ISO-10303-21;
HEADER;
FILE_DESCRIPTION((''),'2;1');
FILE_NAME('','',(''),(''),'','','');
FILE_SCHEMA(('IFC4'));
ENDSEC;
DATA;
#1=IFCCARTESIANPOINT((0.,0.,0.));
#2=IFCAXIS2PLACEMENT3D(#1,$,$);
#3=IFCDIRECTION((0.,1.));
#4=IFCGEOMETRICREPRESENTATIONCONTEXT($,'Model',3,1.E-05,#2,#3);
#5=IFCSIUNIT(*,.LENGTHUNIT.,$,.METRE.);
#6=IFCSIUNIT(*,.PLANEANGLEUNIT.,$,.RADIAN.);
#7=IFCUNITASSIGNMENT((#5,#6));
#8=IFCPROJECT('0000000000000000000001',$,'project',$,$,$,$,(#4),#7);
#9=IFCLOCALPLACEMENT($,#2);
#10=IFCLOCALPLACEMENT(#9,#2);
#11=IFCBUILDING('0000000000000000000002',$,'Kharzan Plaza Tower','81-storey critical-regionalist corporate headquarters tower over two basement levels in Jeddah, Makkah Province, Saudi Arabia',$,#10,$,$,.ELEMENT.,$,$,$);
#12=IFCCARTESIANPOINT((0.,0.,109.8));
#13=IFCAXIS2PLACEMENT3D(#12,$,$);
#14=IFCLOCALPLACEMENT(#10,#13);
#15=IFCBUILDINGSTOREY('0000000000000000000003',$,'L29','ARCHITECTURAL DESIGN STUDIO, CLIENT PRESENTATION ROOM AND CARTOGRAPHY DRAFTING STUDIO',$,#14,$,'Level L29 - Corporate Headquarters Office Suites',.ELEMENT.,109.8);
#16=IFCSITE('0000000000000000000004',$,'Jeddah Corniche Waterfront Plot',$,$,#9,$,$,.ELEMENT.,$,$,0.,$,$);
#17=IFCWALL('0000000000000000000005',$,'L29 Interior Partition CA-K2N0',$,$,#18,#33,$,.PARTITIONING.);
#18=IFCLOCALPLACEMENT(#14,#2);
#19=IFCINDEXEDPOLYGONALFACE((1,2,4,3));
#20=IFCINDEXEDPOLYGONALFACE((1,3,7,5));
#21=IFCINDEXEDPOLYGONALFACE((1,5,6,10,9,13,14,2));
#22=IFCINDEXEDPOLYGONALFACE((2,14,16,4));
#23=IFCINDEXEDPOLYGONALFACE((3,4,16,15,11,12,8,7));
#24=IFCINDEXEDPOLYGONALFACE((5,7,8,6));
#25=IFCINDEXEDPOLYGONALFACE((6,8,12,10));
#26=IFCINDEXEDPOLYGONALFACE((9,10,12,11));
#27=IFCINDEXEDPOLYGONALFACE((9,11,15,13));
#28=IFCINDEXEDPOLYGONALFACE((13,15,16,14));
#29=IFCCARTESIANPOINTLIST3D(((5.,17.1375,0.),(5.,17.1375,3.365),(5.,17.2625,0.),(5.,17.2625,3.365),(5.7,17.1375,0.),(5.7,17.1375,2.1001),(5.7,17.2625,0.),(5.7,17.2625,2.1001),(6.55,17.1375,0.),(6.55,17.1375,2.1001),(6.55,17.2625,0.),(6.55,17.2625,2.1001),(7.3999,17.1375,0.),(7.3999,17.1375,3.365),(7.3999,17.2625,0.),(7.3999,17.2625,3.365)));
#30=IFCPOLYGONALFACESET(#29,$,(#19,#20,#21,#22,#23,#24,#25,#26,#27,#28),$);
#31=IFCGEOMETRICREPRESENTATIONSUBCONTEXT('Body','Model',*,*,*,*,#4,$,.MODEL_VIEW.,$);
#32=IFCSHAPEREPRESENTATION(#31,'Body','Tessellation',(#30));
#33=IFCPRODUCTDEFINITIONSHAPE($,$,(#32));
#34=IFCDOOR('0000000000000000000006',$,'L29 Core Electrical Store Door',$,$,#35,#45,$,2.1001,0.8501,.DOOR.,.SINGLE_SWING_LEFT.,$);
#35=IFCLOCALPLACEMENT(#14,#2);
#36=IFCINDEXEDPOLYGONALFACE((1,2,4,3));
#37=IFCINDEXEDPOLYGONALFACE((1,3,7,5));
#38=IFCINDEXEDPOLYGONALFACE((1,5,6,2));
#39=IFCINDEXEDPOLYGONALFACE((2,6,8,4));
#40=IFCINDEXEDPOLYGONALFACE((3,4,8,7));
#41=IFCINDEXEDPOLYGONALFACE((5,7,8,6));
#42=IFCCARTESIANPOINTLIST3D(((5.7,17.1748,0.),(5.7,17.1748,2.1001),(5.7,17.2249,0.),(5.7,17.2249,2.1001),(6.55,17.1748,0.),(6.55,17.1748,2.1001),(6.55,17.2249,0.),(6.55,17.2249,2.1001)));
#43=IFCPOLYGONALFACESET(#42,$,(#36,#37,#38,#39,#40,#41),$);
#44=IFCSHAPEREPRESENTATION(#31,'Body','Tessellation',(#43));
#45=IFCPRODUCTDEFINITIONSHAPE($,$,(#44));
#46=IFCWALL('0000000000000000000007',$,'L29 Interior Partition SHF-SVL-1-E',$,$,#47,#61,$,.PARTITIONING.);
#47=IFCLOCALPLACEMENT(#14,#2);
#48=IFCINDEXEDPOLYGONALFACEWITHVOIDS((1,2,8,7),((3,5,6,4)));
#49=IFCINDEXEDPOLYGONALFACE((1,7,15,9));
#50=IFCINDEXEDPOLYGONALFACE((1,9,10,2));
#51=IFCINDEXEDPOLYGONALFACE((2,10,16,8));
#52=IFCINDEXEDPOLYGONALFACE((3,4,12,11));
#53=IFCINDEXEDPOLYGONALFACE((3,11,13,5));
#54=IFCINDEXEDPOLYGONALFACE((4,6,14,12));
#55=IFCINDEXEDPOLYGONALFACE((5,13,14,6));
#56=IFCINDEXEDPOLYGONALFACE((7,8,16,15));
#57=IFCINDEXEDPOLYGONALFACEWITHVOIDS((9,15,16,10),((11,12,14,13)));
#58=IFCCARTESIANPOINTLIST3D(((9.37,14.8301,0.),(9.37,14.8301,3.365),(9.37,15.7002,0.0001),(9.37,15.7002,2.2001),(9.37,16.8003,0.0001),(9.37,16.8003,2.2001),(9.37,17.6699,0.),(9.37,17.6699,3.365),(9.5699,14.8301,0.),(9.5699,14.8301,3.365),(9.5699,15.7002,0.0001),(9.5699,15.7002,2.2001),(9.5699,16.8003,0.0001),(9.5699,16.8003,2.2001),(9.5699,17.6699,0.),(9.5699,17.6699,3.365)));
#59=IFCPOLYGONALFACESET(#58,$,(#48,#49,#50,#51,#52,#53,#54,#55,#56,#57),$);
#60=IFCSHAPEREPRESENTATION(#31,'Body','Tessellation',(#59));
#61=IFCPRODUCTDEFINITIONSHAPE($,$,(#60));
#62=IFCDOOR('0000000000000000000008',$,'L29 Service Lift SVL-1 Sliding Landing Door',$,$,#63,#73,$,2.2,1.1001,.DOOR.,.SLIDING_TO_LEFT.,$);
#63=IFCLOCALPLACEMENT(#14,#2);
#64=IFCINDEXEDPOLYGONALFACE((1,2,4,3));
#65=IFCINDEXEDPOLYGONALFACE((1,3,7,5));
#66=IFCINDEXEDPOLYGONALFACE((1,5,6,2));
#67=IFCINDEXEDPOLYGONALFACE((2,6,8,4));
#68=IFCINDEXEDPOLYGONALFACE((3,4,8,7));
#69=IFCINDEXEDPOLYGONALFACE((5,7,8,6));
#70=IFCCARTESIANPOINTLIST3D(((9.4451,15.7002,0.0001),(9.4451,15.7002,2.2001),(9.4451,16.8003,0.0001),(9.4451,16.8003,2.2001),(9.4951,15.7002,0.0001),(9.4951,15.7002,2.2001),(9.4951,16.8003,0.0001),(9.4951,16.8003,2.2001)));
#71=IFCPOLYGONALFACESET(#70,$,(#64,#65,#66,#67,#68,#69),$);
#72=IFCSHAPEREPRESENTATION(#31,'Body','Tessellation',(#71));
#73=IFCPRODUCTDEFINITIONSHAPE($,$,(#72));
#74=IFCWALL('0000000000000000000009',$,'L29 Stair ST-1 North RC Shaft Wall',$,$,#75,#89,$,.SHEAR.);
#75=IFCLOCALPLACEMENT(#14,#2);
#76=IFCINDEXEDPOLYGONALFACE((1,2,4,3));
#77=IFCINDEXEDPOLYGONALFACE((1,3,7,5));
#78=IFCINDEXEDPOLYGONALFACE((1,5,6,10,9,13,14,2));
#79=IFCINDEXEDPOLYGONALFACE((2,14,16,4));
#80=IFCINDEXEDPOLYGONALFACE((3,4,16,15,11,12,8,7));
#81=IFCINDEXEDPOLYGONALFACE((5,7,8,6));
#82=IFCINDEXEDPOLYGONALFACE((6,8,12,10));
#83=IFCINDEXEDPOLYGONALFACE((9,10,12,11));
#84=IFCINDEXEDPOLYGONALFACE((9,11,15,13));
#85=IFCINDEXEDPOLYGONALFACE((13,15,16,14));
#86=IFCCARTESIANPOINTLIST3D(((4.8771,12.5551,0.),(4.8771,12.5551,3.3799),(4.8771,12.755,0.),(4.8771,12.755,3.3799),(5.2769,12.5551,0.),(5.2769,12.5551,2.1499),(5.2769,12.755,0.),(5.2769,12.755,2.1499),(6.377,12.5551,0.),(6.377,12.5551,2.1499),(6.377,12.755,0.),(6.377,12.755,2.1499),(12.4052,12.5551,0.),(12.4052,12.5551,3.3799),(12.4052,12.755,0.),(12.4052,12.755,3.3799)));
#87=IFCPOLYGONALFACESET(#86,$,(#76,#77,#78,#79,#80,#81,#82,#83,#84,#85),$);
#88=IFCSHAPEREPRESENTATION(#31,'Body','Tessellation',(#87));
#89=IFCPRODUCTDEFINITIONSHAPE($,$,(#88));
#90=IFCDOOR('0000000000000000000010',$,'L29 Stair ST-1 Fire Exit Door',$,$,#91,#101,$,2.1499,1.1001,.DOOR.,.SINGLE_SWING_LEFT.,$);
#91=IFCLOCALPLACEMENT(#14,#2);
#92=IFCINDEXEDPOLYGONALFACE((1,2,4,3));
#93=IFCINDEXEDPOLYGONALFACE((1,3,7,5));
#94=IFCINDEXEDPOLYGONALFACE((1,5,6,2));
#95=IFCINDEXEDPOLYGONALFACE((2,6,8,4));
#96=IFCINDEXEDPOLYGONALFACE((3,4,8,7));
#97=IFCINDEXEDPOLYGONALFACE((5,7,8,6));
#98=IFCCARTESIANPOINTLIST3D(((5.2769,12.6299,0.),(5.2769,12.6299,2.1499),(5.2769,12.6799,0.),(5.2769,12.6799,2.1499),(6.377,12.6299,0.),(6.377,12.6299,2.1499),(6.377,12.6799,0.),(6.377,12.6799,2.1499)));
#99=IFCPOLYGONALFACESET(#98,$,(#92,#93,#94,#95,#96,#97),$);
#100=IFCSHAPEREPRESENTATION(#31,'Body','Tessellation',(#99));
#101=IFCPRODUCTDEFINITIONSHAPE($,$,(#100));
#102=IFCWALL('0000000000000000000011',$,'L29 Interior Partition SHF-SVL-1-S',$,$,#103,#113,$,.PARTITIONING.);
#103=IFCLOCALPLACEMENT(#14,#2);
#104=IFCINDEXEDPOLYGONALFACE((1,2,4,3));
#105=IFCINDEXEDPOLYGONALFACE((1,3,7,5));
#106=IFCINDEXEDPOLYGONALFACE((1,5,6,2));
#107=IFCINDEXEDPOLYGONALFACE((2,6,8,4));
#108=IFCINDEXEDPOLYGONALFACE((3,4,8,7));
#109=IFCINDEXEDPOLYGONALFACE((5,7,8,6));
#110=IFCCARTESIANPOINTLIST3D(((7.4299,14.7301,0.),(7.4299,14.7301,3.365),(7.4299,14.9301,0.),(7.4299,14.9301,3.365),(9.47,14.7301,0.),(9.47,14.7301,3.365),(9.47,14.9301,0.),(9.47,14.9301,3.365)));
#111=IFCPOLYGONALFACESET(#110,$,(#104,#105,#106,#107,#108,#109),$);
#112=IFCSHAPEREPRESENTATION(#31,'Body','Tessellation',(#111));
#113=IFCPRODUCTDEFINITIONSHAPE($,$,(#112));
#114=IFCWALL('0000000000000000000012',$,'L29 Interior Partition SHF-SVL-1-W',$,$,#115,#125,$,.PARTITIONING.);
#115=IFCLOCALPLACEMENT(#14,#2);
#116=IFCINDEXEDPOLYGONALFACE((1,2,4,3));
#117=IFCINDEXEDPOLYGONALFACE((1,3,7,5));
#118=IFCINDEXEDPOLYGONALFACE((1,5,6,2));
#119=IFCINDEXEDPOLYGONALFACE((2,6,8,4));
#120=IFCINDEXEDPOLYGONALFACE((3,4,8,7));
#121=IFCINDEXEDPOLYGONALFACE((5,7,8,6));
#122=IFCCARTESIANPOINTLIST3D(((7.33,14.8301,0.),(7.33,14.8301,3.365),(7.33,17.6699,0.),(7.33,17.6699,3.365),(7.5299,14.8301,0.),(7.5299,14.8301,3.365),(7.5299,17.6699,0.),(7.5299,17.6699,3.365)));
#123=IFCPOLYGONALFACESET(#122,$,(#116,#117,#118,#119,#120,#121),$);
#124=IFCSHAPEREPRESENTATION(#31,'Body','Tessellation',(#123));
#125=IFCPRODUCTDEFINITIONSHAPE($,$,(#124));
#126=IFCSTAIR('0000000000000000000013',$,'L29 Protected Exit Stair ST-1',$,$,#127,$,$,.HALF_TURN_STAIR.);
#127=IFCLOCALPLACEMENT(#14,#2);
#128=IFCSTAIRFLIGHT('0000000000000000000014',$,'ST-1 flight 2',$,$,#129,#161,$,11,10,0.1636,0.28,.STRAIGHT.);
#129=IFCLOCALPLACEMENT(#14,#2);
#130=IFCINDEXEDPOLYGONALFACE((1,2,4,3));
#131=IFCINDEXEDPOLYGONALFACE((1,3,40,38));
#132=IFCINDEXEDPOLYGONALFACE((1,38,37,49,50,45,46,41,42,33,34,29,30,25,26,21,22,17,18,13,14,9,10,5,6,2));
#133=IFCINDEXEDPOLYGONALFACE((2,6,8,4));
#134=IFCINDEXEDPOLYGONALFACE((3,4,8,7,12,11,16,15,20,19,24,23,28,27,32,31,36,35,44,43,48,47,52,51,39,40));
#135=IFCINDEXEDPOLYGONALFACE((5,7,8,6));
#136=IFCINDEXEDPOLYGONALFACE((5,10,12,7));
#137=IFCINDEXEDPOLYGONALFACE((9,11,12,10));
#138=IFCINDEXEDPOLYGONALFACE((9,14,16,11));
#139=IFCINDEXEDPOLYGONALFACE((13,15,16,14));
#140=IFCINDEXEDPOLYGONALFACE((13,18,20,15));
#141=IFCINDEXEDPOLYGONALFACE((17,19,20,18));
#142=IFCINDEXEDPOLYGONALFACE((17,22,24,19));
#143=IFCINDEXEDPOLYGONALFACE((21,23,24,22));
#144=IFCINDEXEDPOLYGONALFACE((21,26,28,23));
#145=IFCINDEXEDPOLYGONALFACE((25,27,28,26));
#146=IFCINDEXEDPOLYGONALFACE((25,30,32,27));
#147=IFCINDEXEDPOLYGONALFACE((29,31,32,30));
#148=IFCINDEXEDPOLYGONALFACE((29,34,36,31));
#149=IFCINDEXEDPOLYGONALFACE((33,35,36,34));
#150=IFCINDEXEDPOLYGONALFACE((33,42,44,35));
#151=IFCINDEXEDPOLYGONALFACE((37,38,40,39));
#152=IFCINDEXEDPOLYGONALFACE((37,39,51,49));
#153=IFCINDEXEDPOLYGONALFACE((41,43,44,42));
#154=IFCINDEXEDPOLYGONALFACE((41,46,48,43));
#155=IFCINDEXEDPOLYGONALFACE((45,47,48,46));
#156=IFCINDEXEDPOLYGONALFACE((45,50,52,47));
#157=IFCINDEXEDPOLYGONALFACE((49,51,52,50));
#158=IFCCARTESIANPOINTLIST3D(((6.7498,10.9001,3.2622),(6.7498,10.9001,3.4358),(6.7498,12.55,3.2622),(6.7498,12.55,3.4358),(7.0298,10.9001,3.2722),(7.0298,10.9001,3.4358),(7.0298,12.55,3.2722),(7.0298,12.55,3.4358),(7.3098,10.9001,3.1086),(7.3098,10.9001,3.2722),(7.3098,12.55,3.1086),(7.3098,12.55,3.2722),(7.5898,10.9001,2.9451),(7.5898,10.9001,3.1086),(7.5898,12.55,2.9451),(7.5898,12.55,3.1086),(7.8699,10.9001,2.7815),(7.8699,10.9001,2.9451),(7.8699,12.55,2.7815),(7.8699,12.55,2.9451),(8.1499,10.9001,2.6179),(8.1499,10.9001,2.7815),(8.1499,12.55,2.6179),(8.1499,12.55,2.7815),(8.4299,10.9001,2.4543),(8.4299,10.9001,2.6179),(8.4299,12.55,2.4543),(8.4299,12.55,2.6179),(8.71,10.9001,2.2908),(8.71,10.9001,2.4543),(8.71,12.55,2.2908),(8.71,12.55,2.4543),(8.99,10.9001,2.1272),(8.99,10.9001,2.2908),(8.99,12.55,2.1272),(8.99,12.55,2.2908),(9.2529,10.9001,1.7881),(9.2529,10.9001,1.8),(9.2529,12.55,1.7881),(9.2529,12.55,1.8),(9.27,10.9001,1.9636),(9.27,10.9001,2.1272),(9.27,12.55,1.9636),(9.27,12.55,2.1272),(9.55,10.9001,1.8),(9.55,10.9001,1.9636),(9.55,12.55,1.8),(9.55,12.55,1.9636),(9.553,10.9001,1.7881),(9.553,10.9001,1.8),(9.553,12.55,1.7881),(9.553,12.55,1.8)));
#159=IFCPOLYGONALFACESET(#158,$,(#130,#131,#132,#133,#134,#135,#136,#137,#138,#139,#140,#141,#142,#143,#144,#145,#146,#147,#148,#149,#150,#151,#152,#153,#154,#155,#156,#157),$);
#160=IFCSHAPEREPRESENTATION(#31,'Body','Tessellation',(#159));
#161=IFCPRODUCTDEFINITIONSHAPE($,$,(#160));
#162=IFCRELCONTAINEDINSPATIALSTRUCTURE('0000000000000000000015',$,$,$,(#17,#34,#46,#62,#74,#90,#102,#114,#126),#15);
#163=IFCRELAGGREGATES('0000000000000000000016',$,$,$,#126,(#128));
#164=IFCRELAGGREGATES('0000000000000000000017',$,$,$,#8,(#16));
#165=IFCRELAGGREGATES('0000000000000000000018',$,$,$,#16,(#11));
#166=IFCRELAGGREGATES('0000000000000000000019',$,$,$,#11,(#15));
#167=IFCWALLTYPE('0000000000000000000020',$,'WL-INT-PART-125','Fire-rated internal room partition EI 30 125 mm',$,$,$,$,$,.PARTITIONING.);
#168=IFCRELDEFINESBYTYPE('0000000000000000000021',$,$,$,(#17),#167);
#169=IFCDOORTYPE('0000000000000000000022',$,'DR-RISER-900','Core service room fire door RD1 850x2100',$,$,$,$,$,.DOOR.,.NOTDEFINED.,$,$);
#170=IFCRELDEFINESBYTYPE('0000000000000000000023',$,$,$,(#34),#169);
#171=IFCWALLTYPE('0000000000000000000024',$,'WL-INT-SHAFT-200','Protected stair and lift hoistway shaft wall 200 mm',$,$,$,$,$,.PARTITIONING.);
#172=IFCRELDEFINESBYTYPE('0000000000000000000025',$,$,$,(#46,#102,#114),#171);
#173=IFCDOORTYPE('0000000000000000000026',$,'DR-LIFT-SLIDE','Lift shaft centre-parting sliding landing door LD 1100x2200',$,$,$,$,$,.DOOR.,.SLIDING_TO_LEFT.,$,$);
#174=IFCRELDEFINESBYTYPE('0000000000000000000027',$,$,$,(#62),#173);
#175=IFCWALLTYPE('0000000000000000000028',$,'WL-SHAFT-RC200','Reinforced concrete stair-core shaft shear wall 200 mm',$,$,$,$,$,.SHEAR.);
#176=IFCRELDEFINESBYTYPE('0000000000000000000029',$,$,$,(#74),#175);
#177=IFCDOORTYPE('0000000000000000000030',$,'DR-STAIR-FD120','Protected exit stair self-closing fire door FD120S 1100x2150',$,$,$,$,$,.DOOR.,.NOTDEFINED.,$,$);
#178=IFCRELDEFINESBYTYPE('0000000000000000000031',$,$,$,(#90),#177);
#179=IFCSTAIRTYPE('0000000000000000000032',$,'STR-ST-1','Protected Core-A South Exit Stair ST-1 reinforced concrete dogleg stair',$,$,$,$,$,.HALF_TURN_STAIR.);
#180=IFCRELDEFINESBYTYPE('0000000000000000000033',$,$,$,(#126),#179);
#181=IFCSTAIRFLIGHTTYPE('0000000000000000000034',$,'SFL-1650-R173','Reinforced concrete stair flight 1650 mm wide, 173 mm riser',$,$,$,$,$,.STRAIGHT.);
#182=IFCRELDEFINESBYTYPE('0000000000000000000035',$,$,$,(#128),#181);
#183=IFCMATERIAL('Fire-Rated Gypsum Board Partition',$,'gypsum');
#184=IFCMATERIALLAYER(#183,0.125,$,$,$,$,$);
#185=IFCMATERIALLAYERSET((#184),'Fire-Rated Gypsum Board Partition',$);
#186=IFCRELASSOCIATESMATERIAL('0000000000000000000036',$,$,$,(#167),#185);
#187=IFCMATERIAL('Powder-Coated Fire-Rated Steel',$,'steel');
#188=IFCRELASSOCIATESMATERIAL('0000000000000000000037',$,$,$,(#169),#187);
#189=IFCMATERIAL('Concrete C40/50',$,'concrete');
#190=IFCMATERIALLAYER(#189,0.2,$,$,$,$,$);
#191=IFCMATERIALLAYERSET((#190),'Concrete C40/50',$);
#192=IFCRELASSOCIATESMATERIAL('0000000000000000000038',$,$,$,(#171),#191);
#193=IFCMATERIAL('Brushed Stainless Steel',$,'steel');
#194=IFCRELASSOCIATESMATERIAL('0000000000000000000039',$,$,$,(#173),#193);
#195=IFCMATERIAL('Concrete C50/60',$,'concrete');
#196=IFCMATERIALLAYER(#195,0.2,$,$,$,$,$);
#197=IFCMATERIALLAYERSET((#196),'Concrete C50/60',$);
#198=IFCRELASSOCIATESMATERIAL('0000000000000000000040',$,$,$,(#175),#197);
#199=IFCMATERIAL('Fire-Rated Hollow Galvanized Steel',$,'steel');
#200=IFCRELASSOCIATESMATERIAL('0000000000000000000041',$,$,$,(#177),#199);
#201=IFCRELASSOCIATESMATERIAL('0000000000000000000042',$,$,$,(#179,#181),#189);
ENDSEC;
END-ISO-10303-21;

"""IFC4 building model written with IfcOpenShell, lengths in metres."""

from ifc_helpers import new_model, si_unit, direction, frame, frame_2d, origin, place, context, subcontext, project, spatial, polyline, rectangle, outline, extrude, source, transform, mapped, material, layer, layer_set, type_object, element, fill, aggregate, save


model = new_model("IFC4")

# Units and contexts
model_context = context("Model", 3, precision=1e-05, world=origin(), true_north=direction((0.0, 1.0)))
body_context = subcontext(model_context, "Body", "Model", "MODEL_VIEW")
ifc_project = project(units=[si_unit("LENGTHUNIT", "METRE"), si_unit("PLANEANGLEUNIT", "RADIAN")], contexts=[model_context])

# Site, building, storey
site_placement = place(None, origin())
site = spatial("IfcSite", under=ifc_project, at=site_placement, Name="Jeddah Corniche Waterfront Plot", CompositionType="ELEMENT", RefElevation=0.0)
building_placement = place(site_placement, origin())
building = spatial("IfcBuilding", under=site, at=building_placement, Name="Kharzan Plaza Tower", Description="81-storey critical-regionalist corporate headquarters tower over two basement levels in Jeddah, Makkah Province, Saudi Arabia", CompositionType="ELEMENT")
storey_placement = place(building_placement, frame((0.0, 0.0, 109.8)))
storey = spatial("IfcBuildingStorey", under=building, at=storey_placement, Name="L29", Description="ARCHITECTURAL DESIGN STUDIO, CLIENT PRESENTATION ROOM AND CARTOGRAPHY DRAFTING STUDIO", LongName="Level L29 - Corporate Headquarters Office Suites", CompositionType="ELEMENT", Elevation=109.8)

# Shared definitions
ifc_material_1 = material(Name="Concrete C40/50", Category="concrete")

# Walls, openings, doors
ifc_material_2 = material(Name="Fire-Rated Gypsum Board Partition", Category="gypsum")
ifc_layer_1 = layer(ifc_material_2, 0.125)
ifc_layer_set_1 = layer_set([ifc_layer_1], Name="Fire-Rated Gypsum Board Partition")
wall_type_1 = type_object("IfcWallType", Name="WL-INT-PART-125", Description="Fire-rated internal room partition EI 30 125 mm", PredefinedType="PARTITIONING", material=ifc_layer_set_1)
wall_1_placement = place(storey_placement, frame((5.0, 17.2, 0.0), z_axis=(0.0, 0.0, 1.0), x_axis=(1.0, 0.0, 0.0)))
wall_1 = element("IfcWall", 1, at=wall_1_placement, inside=storey, type_object=wall_type_1, Name="L29 Interior Partition CA-K2N0", PredefinedType="PARTITIONING", context=body_context, shape_type="SweptSolid", body=[
    extrude(rectangle(XDim=2.3999, YDim=0.125, at=frame_2d((1.2, 0.0))), origin(), (0.0, 0.0, 1.0), 3.365),
])
opening_1_placement = place(wall_1_placement, frame((0.7, 0.0, 0.0)))
opening_1 = element("IfcOpeningElement", 2, at=opening_1_placement, cuts=wall_1, PredefinedType="OPENING", context=body_context, shape_type="SweptSolid", body=[
    extrude(rectangle(XDim=0.8501, YDim=2.1001, at=frame_2d((0.425, 1.05))), frame((0.0, 0.0725, 0.0), z_axis=(0.0, -1.0, 0.0), x_axis=(1.0, 0.0, 0.0)), (0.0, 0.0, 1.0), 0.145),
])
ifc_material_3 = material(Name="Powder-Coated Fire-Rated Steel", Category="steel")
door_type_1 = type_object("IfcDoorType", Name="DR-RISER-900", Description="Core service room fire door RD1 850x2100", OperationType="NOTDEFINED", PredefinedType="DOOR", material=ifc_material_3)
shared_shape_1 = source(origin(), body_context, "Body", "SweptSolid", [
    extrude(rectangle(XDim=0.8501, YDim=2.1001, at=frame_2d((0.425, 1.05))), frame((0.0, 0.0249, 0.0), z_axis=(0.0, -1.0, 0.0), x_axis=(1.0, 0.0, 0.0)), (0.0, 0.0, 1.0), 0.05),
])
door_1_placement = place(opening_1_placement, origin())
door_1 = element("IfcDoor", 3, at=door_1_placement, inside=storey, type_object=door_type_1, Name="L29 Core Electrical Store Door", OperationType="SINGLE_SWING_LEFT", OverallHeight=2.1001, OverallWidth=0.8501, PredefinedType="DOOR", context=body_context, shape_type="MappedRepresentation", body=[
    mapped(shared_shape_1, transform((0.0, 0.0, 0.0), x_axis=(1.0, 0.0, 0.0), y_axis=(0.0, 1.0, 0.0), z_axis=(0.0, 0.0, 1.0))),
])
fill(opening_1, door_1)
ifc_layer_2 = layer(ifc_material_1, 0.2)
ifc_layer_set_2 = layer_set([ifc_layer_2], Name="Concrete C40/50")
wall_type_2 = type_object("IfcWallType", Name="WL-INT-SHAFT-200", Description="Protected stair and lift hoistway shaft wall 200 mm", PredefinedType="PARTITIONING", material=ifc_layer_set_2)
wall_2_placement = place(storey_placement, frame((9.47, 14.8301, 0.0), z_axis=(0.0, 0.0, 1.0), x_axis=(0.0, 1.0, 0.0)))
wall_2 = element("IfcWall", 4, at=wall_2_placement, inside=storey, type_object=wall_type_2, Name="L29 Interior Partition SHF-SVL-1-E", PredefinedType="PARTITIONING", context=body_context, shape_type="SweptSolid", body=[
    extrude(rectangle(XDim=2.8398, YDim=0.2, at=frame_2d((1.4199, 0.0))), origin(), (0.0, 0.0, 1.0), 3.365),
])
opening_2_placement = place(wall_2_placement, frame((0.8701, 0.0, 0.0)))
opening_2 = element("IfcOpeningElement", 5, at=opening_2_placement, cuts=wall_2, PredefinedType="OPENING", context=body_context, shape_type="SweptSolid", body=[
    extrude(rectangle(XDim=1.1001, YDim=2.2, at=frame_2d((0.55, 1.1001))), frame((0.0, 0.1099, 0.0), z_axis=(0.0, -1.0, 0.0), x_axis=(1.0, 0.0, 0.0)), (0.0, 0.0, 1.0), 0.22),
])
ifc_material_4 = material(Name="Brushed Stainless Steel", Category="steel")
door_type_2 = type_object("IfcDoorType", Name="DR-LIFT-SLIDE", Description="Lift shaft centre-parting sliding landing door LD 1100x2200", OperationType="SLIDING_TO_LEFT", PredefinedType="DOOR", material=ifc_material_4)
shared_shape_2 = source(origin(), body_context, "Body", "SweptSolid", [
    extrude(rectangle(XDim=1.1001, YDim=2.2, at=frame_2d((0.55, 1.1001))), frame((0.0, 0.0249, 0.0), z_axis=(0.0, -1.0, 0.0), x_axis=(1.0, 0.0, 0.0)), (0.0, 0.0, 1.0), 0.05),
])
door_2_placement = place(opening_2_placement, origin())
door_2 = element("IfcDoor", 6, at=door_2_placement, inside=storey, type_object=door_type_2, Name="L29 Service Lift SVL-1 Sliding Landing Door", OperationType="SLIDING_TO_LEFT", OverallHeight=2.2, OverallWidth=1.1001, PredefinedType="DOOR", context=body_context, shape_type="MappedRepresentation", body=[
    mapped(shared_shape_2, transform((0.0, 0.0, 0.0), x_axis=(1.0, 0.0, 0.0), y_axis=(0.0, 1.0, 0.0), z_axis=(0.0, 0.0, 1.0))),
])
fill(opening_2, door_2)
ifc_material_5 = material(Name="Concrete C50/60", Category="concrete")
ifc_layer_3 = layer(ifc_material_5, 0.2)
ifc_layer_set_3 = layer_set([ifc_layer_3], Name="Concrete C50/60")
wall_type_3 = type_object("IfcWallType", Name="WL-SHAFT-RC200", Description="Reinforced concrete stair-core shaft shear wall 200 mm", PredefinedType="SHEAR", material=ifc_layer_set_3)
wall_3_placement = place(storey_placement, frame((4.877, 12.655, 0.0), z_axis=(0.0, 0.0, 1.0), x_axis=(1.0, 0.0, 0.0)))
wall_3 = element("IfcWall", 7, at=wall_3_placement, inside=storey, type_object=wall_type_3, Name="L29 Stair ST-1 North RC Shaft Wall", PredefinedType="SHEAR", context=body_context, shape_type="SweptSolid", body=[
    extrude(rectangle(XDim=7.5281, YDim=0.2, at=frame_2d((3.7642, 0.0))), origin(), (0.0, 0.0, 1.0), 3.3799),
])
opening_3_placement = place(wall_3_placement, frame((0.3999, 0.0, 0.0)))
opening_3 = element("IfcOpeningElement", 8, at=opening_3_placement, cuts=wall_3, PredefinedType="OPENING", context=body_context, shape_type="SweptSolid", body=[
    extrude(rectangle(XDim=1.1001, YDim=2.1499, at=frame_2d((0.55, 1.075))), frame((0.0, 0.1099, 0.0), z_axis=(0.0, -1.0, 0.0), x_axis=(1.0, 0.0, 0.0)), (0.0, 0.0, 1.0), 0.22),
])
ifc_material_6 = material(Name="Fire-Rated Hollow Galvanized Steel", Category="steel")
door_type_3 = type_object("IfcDoorType", Name="DR-STAIR-FD120", Description="Protected exit stair self-closing fire door FD120S 1100x2150", OperationType="NOTDEFINED", PredefinedType="DOOR", material=ifc_material_6)
shared_shape_3 = source(origin(), body_context, "Body", "SweptSolid", [
    extrude(rectangle(XDim=1.1001, YDim=2.1499, at=frame_2d((0.55, 1.075))), frame((0.0, 0.0249, 0.0), z_axis=(0.0, -1.0, 0.0), x_axis=(1.0, 0.0, 0.0)), (0.0, 0.0, 1.0), 0.05),
])
door_3_placement = place(opening_3_placement, origin())
door_3 = element("IfcDoor", 9, at=door_3_placement, inside=storey, type_object=door_type_3, Name="L29 Stair ST-1 Fire Exit Door", OperationType="SINGLE_SWING_LEFT", OverallHeight=2.1499, OverallWidth=1.1001, PredefinedType="DOOR", context=body_context, shape_type="MappedRepresentation", body=[
    mapped(shared_shape_3, transform((0.0, 0.0, 0.0), x_axis=(1.0, 0.0, 0.0), y_axis=(0.0, 1.0, 0.0), z_axis=(0.0, 0.0, 1.0))),
])
fill(opening_3, door_3)

# Walls
shared_shape_4 = source(origin(), body_context, "Body", "SweptSolid", [
    extrude(rectangle(XDim=2.04, YDim=0.2, at=frame_2d((1.02, 0.0))), origin(), (0.0, 0.0, 1.0), 3.365),
])
wall_4_placement = place(storey_placement, frame((7.4299, 14.8301, 0.0), z_axis=(0.0, 0.0, 1.0), x_axis=(1.0, 0.0, 0.0)))
element("IfcWall", 10, at=wall_4_placement, inside=storey, type_object=wall_type_2, Name="L29 Interior Partition SHF-SVL-1-S", PredefinedType="PARTITIONING", context=body_context, shape_type="MappedRepresentation", body=[
    mapped(shared_shape_4, transform((0.0, 0.0, 0.0), x_axis=(1.0, 0.0, 0.0), y_axis=(0.0, 1.0, 0.0), z_axis=(0.0, 0.0, 1.0))),
])
shared_shape_5 = source(origin(), body_context, "Body", "SweptSolid", [
    extrude(rectangle(XDim=2.8398, YDim=0.2, at=frame_2d((1.4199, 0.0))), origin(), (0.0, 0.0, 1.0), 3.365),
])
wall_5_placement = place(storey_placement, frame((7.4299, 14.8301, 0.0), z_axis=(0.0, 0.0, 1.0), x_axis=(0.0, 1.0, 0.0)))
element("IfcWall", 11, at=wall_5_placement, inside=storey, type_object=wall_type_2, Name="L29 Interior Partition SHF-SVL-1-W", PredefinedType="PARTITIONING", context=body_context, shape_type="MappedRepresentation", body=[
    mapped(shared_shape_5, transform((0.0, 0.0, 0.0), x_axis=(1.0, 0.0, 0.0), y_axis=(0.0, 1.0, 0.0), z_axis=(0.0, 0.0, 1.0))),
])

# Stair, stair flight
stair_type = type_object("IfcStairType", Name="STR-ST-1", Description="Protected Core-A South Exit Stair ST-1 reinforced concrete dogleg stair", PredefinedType="HALF_TURN_STAIR", material=ifc_material_1)
stair_placement = place(storey_placement, origin())
stair = element("IfcStair", 12, at=stair_placement, inside=storey, type_object=stair_type, Name="L29 Protected Exit Stair ST-1", PredefinedType="HALF_TURN_STAIR")
stair_flight_type = type_object("IfcStairFlightType", Name="SFL-1650-R173", Description="Reinforced concrete stair flight 1650 mm wide, 173 mm riser", PredefinedType="STRAIGHT", material=ifc_material_1)
shared_shape_6 = source(origin(), body_context, "Body", "SweptSolid", [
    extrude(outline(polyline([(-0.0029, -0.012), (-0.0029, 0.0), (0.0, 0.0), (0.0, 0.1636), (0.28, 0.1636), (0.28, 0.3271), (0.5601, 0.3271), (0.5601, 0.4907), (0.8401, 0.4907), (0.8401, 0.6543), (1.1201, 0.6543), (1.1201, 0.8179), (1.4001, 0.8179), (1.4001, 0.9814), (1.6802, 0.9814), (1.6802, 1.145), (1.9602, 1.145), (1.9602, 1.3086), (2.2402, 1.3086), (2.2402, 1.4722), (2.5203, 1.4722), (2.5203, 1.6357), (2.8003, 1.6357), (2.8003, 1.7993), (2.8003, 1.4622), (0.2971, 0.0), (0.2971, -0.012), (-0.0029, -0.012)])), frame((0.0, 0.825, 0.0), z_axis=(0.0, -1.0, 0.0), x_axis=(1.0, 0.0, 0.0)), (0.0, 0.0, 1.0), 1.6499),
])
stair_flight_placement = place(storey_placement, frame((9.55, 11.7251, 1.8), z_axis=(0.0, 0.0, 1.0), x_axis=(-1.0, 0.0, 0.0)))
stair_flight = element("IfcStairFlight", 13, at=stair_flight_placement, type_object=stair_flight_type, Name="ST-1 flight 2", NumberOfRisers=11, NumberOfTreads=10, PredefinedType="STRAIGHT", RiserHeight=0.1636, TreadLength=0.28, context=body_context, shape_type="MappedRepresentation", body=[
    mapped(shared_shape_6, transform((0.0, 0.0, 0.0), x_axis=(1.0, 0.0, 0.0), y_axis=(0.0, 1.0, 0.0), z_axis=(0.0, 0.0, 1.0))),
])
aggregate(stair, [stair_flight])

save(model, "model.ifc")
